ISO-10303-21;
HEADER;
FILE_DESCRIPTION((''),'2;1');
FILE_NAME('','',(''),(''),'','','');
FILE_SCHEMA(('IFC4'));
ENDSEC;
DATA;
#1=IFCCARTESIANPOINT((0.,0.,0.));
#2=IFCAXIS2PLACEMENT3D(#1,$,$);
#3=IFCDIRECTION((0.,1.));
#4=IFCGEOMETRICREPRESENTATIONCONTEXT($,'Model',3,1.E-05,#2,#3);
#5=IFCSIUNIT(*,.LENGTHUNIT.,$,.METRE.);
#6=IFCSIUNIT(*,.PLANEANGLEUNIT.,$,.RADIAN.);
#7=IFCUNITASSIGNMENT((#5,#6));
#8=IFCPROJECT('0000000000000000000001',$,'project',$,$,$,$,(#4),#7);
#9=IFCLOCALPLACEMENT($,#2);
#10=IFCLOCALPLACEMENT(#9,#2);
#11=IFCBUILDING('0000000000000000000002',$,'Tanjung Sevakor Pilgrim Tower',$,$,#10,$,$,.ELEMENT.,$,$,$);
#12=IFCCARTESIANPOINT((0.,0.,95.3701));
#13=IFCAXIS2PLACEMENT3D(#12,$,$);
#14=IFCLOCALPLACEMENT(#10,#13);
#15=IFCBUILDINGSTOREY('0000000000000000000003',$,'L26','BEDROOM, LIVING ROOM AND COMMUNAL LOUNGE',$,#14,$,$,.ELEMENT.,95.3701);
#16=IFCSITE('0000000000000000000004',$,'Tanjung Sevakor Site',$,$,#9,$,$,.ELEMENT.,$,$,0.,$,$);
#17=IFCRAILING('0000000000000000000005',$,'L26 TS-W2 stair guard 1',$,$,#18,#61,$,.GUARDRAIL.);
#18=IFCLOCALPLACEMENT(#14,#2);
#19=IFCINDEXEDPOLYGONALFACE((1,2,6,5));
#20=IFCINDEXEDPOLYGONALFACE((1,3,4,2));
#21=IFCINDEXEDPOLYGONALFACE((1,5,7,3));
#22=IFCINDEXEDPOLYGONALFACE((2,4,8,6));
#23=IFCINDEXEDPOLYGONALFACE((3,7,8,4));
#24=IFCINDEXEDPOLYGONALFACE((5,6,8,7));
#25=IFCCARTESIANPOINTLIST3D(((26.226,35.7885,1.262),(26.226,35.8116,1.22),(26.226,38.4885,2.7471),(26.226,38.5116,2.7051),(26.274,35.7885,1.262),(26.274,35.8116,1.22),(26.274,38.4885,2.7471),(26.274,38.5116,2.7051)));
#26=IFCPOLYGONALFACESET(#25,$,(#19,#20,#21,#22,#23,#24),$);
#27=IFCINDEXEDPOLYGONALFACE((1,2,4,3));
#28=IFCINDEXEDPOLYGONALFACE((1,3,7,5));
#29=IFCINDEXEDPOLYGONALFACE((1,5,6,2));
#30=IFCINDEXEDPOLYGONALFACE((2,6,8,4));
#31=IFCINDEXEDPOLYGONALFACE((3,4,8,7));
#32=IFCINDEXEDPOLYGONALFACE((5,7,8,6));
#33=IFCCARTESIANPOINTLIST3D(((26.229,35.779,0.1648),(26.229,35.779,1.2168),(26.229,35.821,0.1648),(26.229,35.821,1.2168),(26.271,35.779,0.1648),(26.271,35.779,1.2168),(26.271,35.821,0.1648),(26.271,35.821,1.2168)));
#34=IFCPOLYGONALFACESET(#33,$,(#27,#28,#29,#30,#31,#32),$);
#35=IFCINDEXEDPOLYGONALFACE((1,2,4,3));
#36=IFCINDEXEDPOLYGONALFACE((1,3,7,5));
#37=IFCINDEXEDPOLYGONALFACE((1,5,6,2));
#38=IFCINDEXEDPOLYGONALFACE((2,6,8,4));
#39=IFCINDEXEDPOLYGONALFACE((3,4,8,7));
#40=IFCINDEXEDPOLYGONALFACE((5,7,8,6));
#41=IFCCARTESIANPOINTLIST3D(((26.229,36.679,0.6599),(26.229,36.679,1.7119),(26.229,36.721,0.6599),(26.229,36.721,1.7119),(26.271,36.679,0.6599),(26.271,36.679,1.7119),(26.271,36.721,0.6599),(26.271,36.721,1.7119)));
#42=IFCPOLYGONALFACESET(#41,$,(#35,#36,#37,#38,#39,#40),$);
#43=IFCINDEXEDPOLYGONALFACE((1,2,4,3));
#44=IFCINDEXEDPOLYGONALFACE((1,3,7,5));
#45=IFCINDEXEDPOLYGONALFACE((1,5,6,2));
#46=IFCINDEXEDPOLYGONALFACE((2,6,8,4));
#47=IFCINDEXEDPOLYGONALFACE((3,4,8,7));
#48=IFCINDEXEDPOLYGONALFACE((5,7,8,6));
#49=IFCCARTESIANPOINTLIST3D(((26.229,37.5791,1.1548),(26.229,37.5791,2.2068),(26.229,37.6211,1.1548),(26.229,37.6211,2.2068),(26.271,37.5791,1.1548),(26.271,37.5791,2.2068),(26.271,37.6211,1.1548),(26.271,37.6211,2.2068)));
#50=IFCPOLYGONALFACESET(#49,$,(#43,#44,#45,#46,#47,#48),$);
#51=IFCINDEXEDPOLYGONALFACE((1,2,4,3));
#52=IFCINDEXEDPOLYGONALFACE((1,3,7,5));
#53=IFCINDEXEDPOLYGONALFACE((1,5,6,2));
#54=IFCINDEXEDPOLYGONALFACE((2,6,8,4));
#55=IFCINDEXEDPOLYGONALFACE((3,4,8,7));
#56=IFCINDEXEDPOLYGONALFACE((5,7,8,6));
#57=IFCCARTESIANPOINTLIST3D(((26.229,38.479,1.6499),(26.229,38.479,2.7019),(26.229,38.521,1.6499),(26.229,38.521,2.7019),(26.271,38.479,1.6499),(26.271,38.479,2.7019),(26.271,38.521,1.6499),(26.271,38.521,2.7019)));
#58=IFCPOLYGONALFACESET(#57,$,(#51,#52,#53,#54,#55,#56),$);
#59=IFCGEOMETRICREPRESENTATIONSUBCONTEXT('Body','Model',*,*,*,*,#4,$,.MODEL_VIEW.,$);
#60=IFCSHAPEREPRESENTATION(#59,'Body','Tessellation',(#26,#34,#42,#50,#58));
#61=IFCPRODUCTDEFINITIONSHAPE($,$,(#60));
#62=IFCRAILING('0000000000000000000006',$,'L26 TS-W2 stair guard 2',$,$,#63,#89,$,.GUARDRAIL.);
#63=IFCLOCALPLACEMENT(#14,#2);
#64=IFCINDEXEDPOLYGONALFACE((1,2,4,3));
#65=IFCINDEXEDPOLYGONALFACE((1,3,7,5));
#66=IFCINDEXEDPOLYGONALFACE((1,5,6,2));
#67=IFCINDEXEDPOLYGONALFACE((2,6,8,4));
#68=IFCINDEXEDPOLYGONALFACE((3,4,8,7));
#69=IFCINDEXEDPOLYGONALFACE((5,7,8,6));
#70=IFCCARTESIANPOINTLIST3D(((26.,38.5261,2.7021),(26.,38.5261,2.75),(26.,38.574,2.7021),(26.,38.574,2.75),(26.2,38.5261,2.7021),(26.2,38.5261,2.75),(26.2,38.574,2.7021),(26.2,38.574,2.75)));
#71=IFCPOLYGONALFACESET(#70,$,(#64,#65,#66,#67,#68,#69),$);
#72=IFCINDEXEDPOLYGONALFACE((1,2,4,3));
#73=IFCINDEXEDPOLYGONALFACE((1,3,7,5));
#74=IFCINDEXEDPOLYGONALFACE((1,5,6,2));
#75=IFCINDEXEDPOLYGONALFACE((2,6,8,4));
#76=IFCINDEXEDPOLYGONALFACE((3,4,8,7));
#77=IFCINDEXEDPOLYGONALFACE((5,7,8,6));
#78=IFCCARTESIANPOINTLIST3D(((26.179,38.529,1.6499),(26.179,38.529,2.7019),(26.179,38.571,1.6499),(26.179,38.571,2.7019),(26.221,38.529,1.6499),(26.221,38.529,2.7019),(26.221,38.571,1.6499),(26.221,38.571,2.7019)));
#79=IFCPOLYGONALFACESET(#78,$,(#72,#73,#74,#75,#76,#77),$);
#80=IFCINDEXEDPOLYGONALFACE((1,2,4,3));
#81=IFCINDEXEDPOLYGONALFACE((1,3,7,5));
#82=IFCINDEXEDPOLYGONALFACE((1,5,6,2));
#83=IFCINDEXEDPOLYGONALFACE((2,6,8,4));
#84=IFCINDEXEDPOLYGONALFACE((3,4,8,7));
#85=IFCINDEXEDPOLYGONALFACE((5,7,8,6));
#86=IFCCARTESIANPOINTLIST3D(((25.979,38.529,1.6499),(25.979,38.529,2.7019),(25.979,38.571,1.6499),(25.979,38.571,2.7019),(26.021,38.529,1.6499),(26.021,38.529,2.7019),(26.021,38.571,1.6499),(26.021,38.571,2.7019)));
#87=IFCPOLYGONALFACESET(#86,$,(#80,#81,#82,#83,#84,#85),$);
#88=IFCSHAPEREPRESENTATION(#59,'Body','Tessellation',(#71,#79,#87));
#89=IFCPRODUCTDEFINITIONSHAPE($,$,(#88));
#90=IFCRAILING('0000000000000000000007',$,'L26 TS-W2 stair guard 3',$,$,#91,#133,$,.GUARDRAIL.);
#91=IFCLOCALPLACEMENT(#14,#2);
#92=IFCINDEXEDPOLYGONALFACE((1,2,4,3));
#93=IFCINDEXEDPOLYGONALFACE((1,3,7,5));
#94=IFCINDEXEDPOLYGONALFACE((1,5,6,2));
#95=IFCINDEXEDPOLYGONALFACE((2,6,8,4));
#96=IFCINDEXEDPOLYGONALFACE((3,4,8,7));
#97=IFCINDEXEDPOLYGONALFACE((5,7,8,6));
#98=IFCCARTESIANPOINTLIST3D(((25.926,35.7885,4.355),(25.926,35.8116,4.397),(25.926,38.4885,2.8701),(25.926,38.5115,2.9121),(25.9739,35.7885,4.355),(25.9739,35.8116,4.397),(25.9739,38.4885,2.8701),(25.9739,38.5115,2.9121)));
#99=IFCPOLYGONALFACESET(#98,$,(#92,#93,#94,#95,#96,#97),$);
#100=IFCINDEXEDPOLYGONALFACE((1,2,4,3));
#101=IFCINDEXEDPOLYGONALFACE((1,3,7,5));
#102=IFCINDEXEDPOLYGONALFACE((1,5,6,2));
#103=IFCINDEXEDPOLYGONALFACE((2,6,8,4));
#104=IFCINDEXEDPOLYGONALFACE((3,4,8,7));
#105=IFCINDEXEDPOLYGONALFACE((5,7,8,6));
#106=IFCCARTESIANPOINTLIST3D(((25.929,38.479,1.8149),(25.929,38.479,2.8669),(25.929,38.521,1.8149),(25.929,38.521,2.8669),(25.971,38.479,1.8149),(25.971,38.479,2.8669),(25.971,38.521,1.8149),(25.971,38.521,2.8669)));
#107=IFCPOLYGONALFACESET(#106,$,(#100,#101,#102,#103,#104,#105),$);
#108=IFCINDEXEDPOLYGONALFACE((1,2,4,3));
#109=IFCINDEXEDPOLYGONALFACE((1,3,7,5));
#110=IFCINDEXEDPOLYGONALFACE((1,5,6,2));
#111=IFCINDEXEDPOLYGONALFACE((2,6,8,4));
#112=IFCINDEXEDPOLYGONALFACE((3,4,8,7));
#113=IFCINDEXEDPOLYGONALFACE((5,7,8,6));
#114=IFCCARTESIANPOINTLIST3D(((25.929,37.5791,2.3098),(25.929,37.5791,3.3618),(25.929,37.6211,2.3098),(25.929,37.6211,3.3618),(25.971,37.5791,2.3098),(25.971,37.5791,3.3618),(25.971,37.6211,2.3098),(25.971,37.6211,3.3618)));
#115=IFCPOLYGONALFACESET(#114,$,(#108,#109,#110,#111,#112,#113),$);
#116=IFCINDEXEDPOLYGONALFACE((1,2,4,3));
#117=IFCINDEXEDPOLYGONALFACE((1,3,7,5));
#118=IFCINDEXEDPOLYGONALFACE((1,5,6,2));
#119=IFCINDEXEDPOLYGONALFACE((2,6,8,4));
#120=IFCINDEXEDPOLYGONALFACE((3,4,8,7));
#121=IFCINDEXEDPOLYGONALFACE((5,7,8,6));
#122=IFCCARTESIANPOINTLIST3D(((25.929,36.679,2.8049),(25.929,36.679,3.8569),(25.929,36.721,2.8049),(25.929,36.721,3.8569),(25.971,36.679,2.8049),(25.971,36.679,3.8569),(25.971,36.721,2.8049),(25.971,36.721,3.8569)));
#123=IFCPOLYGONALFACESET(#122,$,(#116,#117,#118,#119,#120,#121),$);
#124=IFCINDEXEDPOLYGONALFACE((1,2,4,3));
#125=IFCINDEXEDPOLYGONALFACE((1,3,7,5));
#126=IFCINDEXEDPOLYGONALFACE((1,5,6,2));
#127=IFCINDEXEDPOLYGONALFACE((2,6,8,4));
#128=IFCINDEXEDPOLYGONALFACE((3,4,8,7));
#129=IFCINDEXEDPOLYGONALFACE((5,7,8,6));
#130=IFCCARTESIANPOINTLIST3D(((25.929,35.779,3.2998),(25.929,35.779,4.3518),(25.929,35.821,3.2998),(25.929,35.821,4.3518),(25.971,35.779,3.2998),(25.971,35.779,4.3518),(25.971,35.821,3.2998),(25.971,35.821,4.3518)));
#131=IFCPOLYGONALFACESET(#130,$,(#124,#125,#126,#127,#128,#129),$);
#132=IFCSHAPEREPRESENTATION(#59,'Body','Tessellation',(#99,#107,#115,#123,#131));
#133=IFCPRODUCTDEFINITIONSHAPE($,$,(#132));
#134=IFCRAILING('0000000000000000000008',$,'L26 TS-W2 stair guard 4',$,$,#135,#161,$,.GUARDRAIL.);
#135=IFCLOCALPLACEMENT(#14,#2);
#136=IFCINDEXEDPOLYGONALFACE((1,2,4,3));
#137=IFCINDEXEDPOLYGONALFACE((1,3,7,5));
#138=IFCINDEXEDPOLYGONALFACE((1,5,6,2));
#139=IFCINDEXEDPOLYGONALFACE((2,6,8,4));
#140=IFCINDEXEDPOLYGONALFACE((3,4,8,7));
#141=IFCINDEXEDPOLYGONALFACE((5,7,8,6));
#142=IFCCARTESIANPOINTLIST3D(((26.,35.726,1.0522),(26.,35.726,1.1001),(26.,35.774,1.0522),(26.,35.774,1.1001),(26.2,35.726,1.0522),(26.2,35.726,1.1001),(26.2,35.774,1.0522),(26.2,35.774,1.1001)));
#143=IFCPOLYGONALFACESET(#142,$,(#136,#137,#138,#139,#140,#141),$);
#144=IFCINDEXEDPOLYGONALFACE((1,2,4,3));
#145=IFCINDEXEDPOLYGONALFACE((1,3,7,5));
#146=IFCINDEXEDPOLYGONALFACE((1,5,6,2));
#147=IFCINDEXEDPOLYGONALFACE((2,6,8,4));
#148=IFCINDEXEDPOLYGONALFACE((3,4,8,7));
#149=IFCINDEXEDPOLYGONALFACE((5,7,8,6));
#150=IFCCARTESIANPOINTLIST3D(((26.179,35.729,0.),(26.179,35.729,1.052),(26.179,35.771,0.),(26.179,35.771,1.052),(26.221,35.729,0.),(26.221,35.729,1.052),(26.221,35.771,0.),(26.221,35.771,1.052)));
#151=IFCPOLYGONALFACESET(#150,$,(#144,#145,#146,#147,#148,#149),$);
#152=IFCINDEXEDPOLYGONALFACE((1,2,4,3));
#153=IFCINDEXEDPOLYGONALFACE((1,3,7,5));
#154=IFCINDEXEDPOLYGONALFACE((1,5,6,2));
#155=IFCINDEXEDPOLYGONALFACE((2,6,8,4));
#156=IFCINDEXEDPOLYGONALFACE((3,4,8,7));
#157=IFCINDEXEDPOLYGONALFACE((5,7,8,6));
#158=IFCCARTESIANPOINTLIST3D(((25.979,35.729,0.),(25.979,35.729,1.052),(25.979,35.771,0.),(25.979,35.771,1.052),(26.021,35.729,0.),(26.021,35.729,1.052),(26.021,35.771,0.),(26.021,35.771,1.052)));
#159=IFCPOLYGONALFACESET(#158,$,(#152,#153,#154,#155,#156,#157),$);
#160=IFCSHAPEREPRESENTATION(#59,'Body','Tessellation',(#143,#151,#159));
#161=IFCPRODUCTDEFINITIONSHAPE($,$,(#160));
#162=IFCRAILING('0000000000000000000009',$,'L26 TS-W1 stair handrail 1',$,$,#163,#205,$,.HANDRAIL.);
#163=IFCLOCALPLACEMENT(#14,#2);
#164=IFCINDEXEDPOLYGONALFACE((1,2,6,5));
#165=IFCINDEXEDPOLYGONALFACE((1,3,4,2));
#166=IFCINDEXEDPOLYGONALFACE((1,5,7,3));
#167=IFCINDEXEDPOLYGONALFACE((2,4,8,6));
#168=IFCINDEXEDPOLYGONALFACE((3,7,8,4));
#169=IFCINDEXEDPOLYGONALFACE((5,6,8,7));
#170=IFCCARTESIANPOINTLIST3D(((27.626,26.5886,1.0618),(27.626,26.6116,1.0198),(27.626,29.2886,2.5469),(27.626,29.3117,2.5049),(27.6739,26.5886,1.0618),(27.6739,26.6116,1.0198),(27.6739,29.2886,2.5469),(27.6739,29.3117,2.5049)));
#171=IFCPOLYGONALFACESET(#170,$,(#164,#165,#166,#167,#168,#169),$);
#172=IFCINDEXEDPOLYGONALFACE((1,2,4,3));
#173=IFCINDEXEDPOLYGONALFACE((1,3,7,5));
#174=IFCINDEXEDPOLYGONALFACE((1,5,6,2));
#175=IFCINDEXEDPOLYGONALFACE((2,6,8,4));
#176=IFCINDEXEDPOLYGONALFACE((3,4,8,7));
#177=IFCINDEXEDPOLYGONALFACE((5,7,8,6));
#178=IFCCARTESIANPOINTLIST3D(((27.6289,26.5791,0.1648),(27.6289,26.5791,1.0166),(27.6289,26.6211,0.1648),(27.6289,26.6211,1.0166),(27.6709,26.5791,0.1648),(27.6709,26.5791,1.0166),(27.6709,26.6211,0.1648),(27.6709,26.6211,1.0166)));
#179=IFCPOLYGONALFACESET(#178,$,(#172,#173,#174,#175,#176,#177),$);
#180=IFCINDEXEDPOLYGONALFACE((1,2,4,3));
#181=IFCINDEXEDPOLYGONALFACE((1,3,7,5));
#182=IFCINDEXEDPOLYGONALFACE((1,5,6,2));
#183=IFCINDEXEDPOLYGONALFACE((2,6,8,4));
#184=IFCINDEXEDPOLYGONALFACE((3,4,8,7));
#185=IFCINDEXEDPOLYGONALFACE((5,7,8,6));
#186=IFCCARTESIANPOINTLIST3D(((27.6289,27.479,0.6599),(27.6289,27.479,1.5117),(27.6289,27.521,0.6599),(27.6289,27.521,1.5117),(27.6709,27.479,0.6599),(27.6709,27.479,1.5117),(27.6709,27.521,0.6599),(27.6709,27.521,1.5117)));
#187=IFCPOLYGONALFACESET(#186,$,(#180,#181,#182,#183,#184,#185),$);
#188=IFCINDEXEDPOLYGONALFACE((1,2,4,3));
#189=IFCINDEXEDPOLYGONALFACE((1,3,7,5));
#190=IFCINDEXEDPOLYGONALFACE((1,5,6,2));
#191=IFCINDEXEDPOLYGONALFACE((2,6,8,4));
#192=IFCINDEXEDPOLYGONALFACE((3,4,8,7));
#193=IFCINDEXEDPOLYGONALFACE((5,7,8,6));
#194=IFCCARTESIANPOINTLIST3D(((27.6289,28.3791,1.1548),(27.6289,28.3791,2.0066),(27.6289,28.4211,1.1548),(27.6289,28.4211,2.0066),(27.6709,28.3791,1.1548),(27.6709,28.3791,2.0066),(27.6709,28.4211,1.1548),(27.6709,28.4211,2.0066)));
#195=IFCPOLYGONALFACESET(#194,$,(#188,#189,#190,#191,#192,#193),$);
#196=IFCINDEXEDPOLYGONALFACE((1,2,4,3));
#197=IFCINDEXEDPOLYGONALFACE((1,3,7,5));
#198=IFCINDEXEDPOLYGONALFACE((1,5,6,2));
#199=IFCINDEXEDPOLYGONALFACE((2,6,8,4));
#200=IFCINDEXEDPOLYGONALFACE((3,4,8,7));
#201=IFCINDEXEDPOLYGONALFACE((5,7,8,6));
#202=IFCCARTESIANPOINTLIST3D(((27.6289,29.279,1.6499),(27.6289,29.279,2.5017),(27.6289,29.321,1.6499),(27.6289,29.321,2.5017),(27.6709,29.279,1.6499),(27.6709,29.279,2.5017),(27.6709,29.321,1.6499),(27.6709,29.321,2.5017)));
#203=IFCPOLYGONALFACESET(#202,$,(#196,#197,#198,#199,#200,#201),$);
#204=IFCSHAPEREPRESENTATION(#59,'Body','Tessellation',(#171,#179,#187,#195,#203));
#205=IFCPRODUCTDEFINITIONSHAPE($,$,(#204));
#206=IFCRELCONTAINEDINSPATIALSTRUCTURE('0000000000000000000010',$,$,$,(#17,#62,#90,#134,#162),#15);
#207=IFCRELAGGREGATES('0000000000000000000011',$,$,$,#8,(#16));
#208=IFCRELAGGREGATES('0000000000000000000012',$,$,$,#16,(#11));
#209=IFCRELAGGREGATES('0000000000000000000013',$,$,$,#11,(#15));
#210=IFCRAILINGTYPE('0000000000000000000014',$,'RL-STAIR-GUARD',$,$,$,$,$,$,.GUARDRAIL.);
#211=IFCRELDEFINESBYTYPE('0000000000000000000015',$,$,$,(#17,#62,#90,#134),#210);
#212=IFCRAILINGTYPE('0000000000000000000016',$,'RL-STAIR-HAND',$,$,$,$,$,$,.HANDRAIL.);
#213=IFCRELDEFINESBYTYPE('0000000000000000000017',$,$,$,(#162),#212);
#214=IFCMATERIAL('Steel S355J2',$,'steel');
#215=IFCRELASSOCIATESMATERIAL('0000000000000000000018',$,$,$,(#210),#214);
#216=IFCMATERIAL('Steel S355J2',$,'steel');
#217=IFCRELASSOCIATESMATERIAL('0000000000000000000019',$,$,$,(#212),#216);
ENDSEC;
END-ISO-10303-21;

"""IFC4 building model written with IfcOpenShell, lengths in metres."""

from ifc_helpers import new_model, si_unit, direction, frame, origin, place, context, subcontext, project, spatial, rectangle, extrude, material, type_object, element, save


model = new_model("IFC4")

# Units and contexts
model_context = context("Model", 3, precision=1e-05, world=origin(), true_north=direction((0.0, 1.0)))
body_context = subcontext(model_context, "Body", "Model", "MODEL_VIEW")
ifc_project = project(units=[si_unit("LENGTHUNIT", "METRE"), si_unit("PLANEANGLEUNIT", "RADIAN")], contexts=[model_context])

# Site, building, storey
site_placement = place(None, origin())
site = spatial("IfcSite", under=ifc_project, at=site_placement, Name="Tanjung Sevakor Site", CompositionType="ELEMENT", RefElevation=0.0)
building_placement = place(site_placement, origin())
building = spatial("IfcBuilding", under=site, at=building_placement, Name="Tanjung Sevakor Pilgrim Tower", CompositionType="ELEMENT")
storey_placement = place(building_placement, frame((0.0, 0.0, 95.3701)))
storey = spatial("IfcBuildingStorey", under=building, at=storey_placement, Name="L26", Description="BEDROOM, LIVING ROOM AND COMMUNAL LOUNGE", CompositionType="ELEMENT", Elevation=95.3701)

# Railings
ifc_material_1 = material(Name="Steel S355J2", Category="steel")
railing_type_1 = type_object("IfcRailingType", Name="RL-STAIR-GUARD", PredefinedType="GUARDRAIL", material=ifc_material_1)
railing_1_placement = place(storey_placement, frame((26.25, 35.8, 0.1648)))
element("IfcRailing", 1, at=railing_1_placement, inside=storey, type_object=railing_type_1, Name="L26 TS-W2 stair guard 1", PredefinedType="GUARDRAIL", context=body_context, shape_type="SweptSolid", body=[
    extrude(rectangle(XDim=0.0479, YDim=0.0479), frame((0.0, 0.0, 1.0762), z_axis=(0.0, 0.876198, 0.481952), x_axis=(-1.0, 0.0, 0.0)), (0.0, 0.0, 1.0), 3.0815),
    extrude(rectangle(XDim=0.042, YDim=0.042), origin(), (0.0, 0.0, 1.0), 1.052),
    extrude(rectangle(XDim=0.042, YDim=0.042), frame((0.0, 0.8999, 0.4951)), (0.0, 0.0, 1.0), 1.052),
    extrude(rectangle(XDim=0.042, YDim=0.042), frame((0.0, 1.8, 0.99)), (0.0, 0.0, 1.0), 1.052),
    extrude(rectangle(XDim=0.042, YDim=0.042), frame((0.0, 2.7, 1.4851)), (0.0, 0.0, 1.0), 1.052),
])
railing_2_placement = place(storey_placement, frame((26.2, 38.55, 1.6499)))
element("IfcRailing", 2, at=railing_2_placement, inside=storey, type_object=railing_type_1, Name="L26 TS-W2 stair guard 2", PredefinedType="GUARDRAIL", context=body_context, shape_type="SweptSolid", body=[
    extrude(rectangle(XDim=0.0479, YDim=0.0479), frame((0.0, 0.0, 1.0762), z_axis=(-1.0, 0.0, 0.0), x_axis=(0.0, -1.0, 0.0)), (0.0, 0.0, 1.0), 0.2),
    extrude(rectangle(XDim=0.042, YDim=0.042), origin(), (0.0, 0.0, 1.0), 1.052),
    extrude(rectangle(XDim=0.042, YDim=0.042), frame((-0.2, 0.0, 0.0)), (0.0, 0.0, 1.0), 1.052),
])
railing_3_placement = place(storey_placement, frame((25.95, 38.5, 1.8149)))
element("IfcRailing", 3, at=railing_3_placement, inside=storey, type_object=railing_type_1, Name="L26 TS-W2 stair guard 3", PredefinedType="GUARDRAIL", context=body_context, shape_type="SweptSolid", body=[
    extrude(rectangle(XDim=0.0479, YDim=0.0479), frame((0.0, 0.0, 1.0762), z_axis=(0.0, -0.876231, 0.481891), x_axis=(1.0, 0.0, 0.0)), (0.0, 0.0, 1.0), 3.0813),
    extrude(rectangle(XDim=0.042, YDim=0.042), origin(), (0.0, 0.0, 1.0), 1.052),
    extrude(rectangle(XDim=0.042, YDim=0.042), frame((0.0, -0.8999, 0.4949)), (0.0, 0.0, 1.0), 1.052),
    extrude(rectangle(XDim=0.042, YDim=0.042), frame((0.0, -1.8, 0.99)), (0.0, 0.0, 1.0), 1.052),
    extrude(rectangle(XDim=0.042, YDim=0.042), frame((0.0, -2.7, 1.4849)), (0.0, 0.0, 1.0), 1.052),
])
railing_4_placement = place(storey_placement, frame((26.2, 35.75, 0.0)))
element("IfcRailing", 4, at=railing_4_placement, inside=storey, type_object=railing_type_1, Name="L26 TS-W2 stair guard 4", PredefinedType="GUARDRAIL", context=body_context, shape_type="SweptSolid", body=[
    extrude(rectangle(XDim=0.0479, YDim=0.0479), frame((0.0, 0.0, 1.0762), z_axis=(-1.0, 0.0, 0.0), x_axis=(0.0, -1.0, 0.0)), (0.0, 0.0, 1.0), 0.2),
    extrude(rectangle(XDim=0.042, YDim=0.042), origin(), (0.0, 0.0, 1.0), 1.052),
    extrude(rectangle(XDim=0.042, YDim=0.042), frame((-0.2, 0.0, 0.0)), (0.0, 0.0, 1.0), 1.052),
])
ifc_material_2 = material(Name="Steel S355J2", Category="steel")
railing_type_2 = type_object("IfcRailingType", Name="RL-STAIR-HAND", PredefinedType="HANDRAIL", material=ifc_material_2)
railing_5_placement = place(storey_placement, frame((27.6499, 26.6001, 0.1648)))
element("IfcRailing", 5, at=railing_5_placement, inside=storey, type_object=railing_type_2, Name="L26 TS-W1 stair handrail 1", PredefinedType="HANDRAIL", context=body_context, shape_type="SweptSolid", body=[
    extrude(rectangle(XDim=0.0479, YDim=0.0479), frame((0.0, 0.0, 0.876), z_axis=(0.0, 0.876198, 0.481952), x_axis=(-1.0, 0.0, 0.0)), (0.0, 0.0, 1.0), 3.0815),
    extrude(rectangle(XDim=0.042, YDim=0.042), origin(), (0.0, 0.0, 1.0), 0.8518),
    extrude(rectangle(XDim=0.042, YDim=0.042), frame((0.0, 0.8999, 0.4951)), (0.0, 0.0, 1.0), 0.8518),
    extrude(rectangle(XDim=0.042, YDim=0.042), frame((0.0, 1.8, 0.99)), (0.0, 0.0, 1.0), 0.8518),
    extrude(rectangle(XDim=0.042, YDim=0.042), frame((0.0, 2.7, 1.4851)), (0.0, 0.0, 1.0), 0.8518),
])

save(model, "model.ifc")
